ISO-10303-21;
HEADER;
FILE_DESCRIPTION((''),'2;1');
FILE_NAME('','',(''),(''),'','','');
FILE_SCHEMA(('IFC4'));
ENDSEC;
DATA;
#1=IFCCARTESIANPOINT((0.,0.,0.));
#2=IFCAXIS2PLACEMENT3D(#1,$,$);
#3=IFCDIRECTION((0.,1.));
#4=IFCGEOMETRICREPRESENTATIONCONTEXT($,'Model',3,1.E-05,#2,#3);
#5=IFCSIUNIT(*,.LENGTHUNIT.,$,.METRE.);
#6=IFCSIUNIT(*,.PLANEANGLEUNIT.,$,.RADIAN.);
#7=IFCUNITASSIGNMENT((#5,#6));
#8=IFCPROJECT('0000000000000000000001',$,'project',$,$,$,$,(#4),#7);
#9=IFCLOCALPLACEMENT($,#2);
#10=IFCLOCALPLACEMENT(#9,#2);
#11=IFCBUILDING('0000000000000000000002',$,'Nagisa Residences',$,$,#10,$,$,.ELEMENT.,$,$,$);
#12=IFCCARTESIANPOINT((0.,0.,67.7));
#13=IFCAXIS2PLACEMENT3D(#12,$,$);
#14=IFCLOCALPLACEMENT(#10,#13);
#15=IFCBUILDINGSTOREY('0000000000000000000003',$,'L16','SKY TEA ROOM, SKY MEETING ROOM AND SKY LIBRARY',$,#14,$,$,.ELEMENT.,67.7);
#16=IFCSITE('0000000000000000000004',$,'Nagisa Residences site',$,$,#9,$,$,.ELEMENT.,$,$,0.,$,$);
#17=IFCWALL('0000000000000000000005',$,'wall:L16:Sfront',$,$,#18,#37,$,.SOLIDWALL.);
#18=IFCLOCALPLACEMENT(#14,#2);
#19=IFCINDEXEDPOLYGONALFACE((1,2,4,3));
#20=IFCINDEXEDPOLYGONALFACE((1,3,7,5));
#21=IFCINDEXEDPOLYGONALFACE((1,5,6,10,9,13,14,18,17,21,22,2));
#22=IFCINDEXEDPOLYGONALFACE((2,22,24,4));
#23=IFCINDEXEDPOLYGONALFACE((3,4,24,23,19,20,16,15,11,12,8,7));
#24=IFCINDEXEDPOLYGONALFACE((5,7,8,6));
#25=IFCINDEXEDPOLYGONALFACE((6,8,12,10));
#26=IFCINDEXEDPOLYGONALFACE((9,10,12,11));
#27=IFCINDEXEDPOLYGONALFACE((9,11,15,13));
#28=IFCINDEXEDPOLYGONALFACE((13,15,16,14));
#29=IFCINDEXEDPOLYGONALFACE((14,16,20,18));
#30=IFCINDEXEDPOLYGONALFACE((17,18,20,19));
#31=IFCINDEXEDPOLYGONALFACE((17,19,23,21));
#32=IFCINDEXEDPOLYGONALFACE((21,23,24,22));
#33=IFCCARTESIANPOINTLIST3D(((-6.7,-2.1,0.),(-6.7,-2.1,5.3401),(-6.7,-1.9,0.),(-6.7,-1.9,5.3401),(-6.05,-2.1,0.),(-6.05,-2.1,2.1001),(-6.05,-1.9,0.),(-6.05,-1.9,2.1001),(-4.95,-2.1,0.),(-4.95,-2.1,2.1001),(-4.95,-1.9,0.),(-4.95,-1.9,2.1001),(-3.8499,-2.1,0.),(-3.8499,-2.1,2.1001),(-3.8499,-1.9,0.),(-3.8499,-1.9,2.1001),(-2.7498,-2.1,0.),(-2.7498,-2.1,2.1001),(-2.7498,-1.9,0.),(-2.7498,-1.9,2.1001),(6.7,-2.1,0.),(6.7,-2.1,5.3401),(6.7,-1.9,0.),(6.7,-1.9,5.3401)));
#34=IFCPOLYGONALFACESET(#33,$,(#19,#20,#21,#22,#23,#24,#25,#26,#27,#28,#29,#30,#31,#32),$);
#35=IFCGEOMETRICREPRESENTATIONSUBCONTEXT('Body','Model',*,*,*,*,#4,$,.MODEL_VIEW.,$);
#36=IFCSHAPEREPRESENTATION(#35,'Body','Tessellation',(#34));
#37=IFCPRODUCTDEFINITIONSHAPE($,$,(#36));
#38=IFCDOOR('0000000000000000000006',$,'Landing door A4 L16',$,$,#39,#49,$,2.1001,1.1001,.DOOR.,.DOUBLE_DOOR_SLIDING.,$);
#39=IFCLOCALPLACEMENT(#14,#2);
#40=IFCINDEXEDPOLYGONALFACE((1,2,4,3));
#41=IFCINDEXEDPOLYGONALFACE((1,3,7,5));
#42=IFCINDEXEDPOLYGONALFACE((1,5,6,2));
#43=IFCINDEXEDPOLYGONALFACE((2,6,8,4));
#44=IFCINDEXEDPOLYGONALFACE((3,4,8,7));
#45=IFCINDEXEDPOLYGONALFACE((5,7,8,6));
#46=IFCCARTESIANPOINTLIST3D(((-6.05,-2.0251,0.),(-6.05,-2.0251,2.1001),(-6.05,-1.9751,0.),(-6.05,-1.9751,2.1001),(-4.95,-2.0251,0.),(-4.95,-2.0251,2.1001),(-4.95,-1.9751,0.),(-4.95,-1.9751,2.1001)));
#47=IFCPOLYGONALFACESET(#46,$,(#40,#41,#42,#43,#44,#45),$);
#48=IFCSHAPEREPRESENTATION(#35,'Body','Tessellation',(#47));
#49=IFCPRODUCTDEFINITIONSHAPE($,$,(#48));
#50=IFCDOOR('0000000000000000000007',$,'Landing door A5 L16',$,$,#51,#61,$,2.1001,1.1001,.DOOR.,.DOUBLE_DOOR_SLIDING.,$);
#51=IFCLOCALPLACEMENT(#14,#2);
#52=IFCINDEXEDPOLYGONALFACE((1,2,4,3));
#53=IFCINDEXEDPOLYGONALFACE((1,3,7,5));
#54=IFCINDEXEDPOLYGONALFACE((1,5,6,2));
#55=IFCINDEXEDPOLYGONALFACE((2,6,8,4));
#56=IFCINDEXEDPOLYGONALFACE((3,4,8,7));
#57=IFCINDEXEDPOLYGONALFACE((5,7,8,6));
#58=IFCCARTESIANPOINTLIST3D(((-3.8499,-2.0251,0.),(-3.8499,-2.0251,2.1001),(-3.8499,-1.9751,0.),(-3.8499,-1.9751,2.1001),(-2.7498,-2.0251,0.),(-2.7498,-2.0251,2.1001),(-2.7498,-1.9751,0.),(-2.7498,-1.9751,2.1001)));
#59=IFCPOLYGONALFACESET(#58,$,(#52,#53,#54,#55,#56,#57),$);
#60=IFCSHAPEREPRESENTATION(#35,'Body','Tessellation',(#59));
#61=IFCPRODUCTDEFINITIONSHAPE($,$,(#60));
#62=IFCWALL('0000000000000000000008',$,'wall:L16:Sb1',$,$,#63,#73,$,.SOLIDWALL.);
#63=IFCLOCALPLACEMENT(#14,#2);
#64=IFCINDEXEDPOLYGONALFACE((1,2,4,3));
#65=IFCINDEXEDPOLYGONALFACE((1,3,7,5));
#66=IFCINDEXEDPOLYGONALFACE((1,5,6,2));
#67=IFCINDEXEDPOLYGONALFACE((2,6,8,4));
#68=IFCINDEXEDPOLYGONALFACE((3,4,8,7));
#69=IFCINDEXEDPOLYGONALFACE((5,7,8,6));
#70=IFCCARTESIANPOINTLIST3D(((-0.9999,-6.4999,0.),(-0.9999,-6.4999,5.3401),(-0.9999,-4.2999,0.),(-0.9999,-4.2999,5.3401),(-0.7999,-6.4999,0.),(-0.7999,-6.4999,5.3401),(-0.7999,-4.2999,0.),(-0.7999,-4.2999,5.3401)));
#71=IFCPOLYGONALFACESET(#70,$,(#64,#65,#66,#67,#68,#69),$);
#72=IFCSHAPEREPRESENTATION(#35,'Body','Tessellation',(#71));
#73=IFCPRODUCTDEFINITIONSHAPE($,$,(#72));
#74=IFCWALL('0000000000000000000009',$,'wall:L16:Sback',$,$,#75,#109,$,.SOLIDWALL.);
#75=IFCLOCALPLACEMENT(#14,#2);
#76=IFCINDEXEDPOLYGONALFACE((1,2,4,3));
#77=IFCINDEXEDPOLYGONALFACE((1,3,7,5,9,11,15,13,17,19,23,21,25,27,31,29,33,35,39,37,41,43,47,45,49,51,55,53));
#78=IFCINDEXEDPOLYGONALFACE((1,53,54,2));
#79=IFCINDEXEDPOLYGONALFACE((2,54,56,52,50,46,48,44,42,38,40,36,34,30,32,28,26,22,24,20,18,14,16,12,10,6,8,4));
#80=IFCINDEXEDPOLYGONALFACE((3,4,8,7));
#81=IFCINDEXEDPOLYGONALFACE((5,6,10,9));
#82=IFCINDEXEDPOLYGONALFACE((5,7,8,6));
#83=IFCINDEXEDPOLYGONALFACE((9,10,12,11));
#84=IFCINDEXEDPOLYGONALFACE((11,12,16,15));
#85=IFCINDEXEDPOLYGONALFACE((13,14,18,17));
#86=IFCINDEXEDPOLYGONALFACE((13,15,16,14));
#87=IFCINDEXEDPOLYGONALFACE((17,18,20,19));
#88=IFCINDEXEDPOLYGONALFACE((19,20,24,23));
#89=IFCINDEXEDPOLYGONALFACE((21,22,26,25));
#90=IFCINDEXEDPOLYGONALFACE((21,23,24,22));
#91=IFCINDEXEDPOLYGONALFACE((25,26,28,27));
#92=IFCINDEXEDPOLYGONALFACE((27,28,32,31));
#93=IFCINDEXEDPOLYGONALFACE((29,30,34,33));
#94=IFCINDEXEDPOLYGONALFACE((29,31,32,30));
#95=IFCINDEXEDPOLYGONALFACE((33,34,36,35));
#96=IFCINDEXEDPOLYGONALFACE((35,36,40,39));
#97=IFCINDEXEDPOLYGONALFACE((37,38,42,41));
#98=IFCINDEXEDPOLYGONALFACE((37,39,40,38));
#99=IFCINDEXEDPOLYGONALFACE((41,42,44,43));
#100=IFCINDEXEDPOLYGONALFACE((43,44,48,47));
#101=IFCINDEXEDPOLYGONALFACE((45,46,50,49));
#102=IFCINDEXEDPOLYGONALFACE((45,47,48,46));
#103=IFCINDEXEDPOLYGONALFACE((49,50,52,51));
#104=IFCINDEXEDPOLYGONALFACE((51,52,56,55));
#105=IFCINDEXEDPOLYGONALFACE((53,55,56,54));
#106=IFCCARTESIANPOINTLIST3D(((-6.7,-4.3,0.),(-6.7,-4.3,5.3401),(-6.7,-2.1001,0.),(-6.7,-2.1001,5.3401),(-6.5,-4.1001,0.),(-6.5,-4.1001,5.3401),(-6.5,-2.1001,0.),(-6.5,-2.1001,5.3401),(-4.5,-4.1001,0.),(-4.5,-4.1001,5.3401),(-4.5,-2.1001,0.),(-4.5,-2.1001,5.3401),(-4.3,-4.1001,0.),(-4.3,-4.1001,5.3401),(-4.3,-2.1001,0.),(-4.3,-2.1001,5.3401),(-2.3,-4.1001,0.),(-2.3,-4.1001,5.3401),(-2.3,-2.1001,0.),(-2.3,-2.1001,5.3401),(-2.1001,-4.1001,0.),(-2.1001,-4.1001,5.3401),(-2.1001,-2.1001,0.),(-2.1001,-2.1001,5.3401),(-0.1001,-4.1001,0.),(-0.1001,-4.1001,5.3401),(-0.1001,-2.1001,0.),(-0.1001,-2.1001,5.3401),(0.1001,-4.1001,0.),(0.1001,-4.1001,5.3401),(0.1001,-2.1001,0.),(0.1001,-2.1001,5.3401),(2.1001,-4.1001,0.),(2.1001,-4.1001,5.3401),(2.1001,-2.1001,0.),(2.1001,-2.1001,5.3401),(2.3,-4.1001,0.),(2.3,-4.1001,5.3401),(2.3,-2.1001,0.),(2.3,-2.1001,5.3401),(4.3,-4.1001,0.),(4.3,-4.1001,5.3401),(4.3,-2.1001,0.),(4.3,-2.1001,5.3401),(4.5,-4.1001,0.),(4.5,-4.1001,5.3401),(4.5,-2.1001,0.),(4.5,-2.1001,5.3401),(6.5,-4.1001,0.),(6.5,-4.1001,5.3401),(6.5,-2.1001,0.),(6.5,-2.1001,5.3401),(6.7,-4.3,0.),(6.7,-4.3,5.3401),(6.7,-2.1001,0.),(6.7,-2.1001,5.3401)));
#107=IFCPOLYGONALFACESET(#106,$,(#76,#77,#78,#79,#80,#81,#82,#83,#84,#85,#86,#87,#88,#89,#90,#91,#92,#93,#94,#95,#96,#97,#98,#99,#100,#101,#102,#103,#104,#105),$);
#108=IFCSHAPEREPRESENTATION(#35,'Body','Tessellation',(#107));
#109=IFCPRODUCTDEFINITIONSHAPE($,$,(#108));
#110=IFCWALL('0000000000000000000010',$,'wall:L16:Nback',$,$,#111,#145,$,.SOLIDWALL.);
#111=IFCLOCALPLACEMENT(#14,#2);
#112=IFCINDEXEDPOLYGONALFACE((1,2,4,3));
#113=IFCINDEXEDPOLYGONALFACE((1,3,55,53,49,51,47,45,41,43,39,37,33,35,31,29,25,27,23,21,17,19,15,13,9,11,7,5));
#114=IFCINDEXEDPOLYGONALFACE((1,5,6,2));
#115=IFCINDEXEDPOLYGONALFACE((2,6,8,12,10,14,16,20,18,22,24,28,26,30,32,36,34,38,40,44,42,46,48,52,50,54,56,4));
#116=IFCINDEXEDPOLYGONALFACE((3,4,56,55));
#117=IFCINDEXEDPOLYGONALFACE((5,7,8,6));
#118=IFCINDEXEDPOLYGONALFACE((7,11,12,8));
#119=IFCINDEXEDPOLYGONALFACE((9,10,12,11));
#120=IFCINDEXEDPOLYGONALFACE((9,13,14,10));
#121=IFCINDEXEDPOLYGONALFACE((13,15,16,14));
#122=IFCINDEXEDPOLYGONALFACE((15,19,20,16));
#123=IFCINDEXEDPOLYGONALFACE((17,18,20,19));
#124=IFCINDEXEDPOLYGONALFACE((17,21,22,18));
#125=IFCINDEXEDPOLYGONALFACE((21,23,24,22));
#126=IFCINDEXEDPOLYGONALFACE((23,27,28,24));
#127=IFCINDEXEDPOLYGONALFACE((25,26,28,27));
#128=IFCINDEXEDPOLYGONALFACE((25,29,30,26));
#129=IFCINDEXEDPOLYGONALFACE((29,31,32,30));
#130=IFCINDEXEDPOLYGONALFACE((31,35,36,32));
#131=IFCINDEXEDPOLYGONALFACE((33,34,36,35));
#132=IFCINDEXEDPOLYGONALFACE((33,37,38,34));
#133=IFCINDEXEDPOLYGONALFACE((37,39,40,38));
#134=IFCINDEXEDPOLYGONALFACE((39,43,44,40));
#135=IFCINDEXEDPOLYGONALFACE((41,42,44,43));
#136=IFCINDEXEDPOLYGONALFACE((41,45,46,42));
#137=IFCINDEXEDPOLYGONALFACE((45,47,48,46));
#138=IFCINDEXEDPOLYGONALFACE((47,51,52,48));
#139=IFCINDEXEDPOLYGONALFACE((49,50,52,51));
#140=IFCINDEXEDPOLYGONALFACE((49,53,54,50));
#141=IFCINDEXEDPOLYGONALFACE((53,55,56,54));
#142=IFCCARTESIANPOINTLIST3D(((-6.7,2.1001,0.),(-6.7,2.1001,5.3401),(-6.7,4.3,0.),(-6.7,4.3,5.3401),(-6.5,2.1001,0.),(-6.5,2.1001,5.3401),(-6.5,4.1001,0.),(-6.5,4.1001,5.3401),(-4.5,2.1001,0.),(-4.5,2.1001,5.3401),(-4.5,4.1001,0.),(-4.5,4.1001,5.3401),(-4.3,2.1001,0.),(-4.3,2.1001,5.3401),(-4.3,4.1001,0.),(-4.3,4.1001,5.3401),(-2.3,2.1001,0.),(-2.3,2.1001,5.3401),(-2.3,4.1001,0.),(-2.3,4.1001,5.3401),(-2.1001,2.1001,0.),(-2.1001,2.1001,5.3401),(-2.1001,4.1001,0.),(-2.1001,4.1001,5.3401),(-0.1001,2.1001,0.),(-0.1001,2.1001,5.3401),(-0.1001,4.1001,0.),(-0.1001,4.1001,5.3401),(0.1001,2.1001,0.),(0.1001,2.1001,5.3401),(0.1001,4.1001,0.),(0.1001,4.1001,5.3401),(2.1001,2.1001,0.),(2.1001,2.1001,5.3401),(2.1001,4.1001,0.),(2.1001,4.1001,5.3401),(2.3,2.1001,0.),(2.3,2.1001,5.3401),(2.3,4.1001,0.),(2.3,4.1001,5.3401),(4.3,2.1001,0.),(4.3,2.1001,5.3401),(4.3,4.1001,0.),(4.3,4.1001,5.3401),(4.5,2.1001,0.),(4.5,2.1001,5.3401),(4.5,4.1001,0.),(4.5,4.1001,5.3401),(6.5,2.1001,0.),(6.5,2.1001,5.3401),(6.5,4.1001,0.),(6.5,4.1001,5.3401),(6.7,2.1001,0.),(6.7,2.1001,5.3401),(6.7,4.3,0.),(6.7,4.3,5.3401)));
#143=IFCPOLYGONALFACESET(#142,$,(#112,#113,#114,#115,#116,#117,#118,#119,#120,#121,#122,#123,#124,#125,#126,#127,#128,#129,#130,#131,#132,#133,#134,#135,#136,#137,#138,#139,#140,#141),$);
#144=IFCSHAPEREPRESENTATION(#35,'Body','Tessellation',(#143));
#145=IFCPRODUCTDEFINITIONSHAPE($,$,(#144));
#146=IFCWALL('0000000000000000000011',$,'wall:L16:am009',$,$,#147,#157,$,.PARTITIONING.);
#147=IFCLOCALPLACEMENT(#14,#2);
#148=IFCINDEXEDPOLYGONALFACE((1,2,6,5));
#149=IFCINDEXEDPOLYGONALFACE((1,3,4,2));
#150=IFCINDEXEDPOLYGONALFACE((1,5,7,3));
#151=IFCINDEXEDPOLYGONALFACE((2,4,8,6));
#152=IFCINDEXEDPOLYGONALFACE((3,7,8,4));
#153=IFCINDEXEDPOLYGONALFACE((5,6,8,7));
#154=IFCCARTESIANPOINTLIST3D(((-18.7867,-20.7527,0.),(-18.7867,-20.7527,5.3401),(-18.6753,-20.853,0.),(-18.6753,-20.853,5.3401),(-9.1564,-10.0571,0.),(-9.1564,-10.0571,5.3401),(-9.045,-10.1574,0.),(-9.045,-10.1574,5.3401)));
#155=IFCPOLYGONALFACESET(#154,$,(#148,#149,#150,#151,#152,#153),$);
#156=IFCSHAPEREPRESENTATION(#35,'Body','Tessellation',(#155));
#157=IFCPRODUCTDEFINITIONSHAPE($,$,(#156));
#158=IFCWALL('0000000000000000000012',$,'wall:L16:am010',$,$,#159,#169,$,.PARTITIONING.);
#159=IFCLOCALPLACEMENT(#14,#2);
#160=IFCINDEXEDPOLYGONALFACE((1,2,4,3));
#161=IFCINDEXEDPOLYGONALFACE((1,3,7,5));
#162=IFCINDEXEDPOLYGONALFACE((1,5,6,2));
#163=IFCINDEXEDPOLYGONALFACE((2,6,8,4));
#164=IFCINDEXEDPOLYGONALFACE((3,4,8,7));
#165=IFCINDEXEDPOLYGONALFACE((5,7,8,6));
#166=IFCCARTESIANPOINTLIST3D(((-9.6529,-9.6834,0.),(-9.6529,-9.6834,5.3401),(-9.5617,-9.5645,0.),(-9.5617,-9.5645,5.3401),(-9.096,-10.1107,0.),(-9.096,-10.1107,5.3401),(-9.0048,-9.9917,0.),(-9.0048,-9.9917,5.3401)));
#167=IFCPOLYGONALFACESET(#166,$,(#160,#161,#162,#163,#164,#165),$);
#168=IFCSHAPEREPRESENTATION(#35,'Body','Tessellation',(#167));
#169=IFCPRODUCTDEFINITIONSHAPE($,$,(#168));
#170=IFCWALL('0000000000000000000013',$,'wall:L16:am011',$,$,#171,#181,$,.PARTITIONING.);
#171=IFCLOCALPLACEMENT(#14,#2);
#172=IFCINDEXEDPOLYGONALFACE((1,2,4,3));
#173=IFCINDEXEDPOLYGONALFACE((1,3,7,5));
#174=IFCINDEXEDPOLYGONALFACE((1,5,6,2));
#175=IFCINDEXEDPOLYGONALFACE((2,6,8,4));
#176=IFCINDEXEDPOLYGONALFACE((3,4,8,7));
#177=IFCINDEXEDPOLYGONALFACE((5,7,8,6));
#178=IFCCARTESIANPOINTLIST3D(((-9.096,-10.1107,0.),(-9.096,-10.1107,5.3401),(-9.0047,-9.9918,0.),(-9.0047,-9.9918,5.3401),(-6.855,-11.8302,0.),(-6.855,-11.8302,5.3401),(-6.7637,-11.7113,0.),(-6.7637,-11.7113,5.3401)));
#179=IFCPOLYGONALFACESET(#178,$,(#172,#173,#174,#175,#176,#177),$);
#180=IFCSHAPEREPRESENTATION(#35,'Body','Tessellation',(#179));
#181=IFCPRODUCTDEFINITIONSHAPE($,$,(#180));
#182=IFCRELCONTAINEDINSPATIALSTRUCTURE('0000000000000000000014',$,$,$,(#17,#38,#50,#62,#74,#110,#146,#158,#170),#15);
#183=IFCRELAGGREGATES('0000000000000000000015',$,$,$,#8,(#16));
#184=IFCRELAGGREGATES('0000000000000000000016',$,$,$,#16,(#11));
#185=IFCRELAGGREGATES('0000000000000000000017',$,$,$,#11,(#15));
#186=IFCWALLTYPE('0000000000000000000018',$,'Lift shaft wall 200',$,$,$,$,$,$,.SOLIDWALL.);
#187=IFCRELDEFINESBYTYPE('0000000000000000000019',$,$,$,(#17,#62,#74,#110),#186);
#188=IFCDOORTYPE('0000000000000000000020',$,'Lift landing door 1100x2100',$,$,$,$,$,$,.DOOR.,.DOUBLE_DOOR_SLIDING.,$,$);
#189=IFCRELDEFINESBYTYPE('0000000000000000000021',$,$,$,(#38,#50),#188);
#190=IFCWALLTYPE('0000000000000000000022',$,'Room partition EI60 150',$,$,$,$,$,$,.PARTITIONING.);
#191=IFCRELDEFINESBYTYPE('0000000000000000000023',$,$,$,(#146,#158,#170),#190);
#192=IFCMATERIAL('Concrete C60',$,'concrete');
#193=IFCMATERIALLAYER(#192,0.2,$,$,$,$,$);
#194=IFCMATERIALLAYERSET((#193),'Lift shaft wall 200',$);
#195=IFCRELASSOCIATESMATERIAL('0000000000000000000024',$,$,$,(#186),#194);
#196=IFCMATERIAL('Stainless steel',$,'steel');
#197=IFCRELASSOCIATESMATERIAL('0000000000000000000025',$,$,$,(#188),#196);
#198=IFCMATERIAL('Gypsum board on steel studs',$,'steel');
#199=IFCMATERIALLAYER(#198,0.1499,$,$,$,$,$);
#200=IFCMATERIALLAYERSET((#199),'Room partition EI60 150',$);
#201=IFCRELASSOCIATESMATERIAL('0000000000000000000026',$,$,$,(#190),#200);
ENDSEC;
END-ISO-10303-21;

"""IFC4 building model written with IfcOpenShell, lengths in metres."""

from ifc_helpers import new_model, si_unit, direction, frame, frame_2d, origin, place, context, subcontext, project, spatial, polyline, rectangle, outline, extrude, material, layer, layer_set, type_object, element, fill, save


model = new_model("IFC4")

# Units and contexts
model_context = context("Model", 3, precision=1e-05, world=origin(), true_north=direction((0.0, 1.0)))
body_context = subcontext(model_context, "Body", "Model", "MODEL_VIEW")
ifc_project = project(units=[si_unit("LENGTHUNIT", "METRE"), si_unit("PLANEANGLEUNIT", "RADIAN")], contexts=[model_context])

# Site, building, storey
site_placement = place(None, origin())
site = spatial("IfcSite", under=ifc_project, at=site_placement, Name="Nagisa Residences site", CompositionType="ELEMENT", RefElevation=0.0)
building_placement = place(site_placement, origin())
building = spatial("IfcBuilding", under=site, at=building_placement, Name="Nagisa Residences", CompositionType="ELEMENT")
storey_placement = place(building_placement, frame((0.0, 0.0, 67.7)))
storey = spatial("IfcBuildingStorey", under=building, at=storey_placement, Name="L16", Description="SKY TEA ROOM, SKY MEETING ROOM AND SKY LIBRARY", CompositionType="ELEMENT", Elevation=67.7)

# Shared definitions
ifc_material_1 = material(Name="Concrete C60", Category="concrete")
ifc_layer_1 = layer(ifc_material_1, 0.2)
ifc_layer_set_1 = layer_set([ifc_layer_1], Name="Lift shaft wall 200")
wall_type_1 = type_object("IfcWallType", Name="Lift shaft wall 200", PredefinedType="SOLIDWALL", material=ifc_layer_set_1)

# Wall, openings, doors
wall_1_placement = place(storey_placement, frame((-6.7, -2.0, 0.0), z_axis=(0.0, 0.0, 1.0), x_axis=(1.0, 0.0, 0.0)))
wall_1 = element("IfcWall", 1, at=wall_1_placement, inside=storey, type_object=wall_type_1, Name="wall:L16:Sfront", PredefinedType="SOLIDWALL", context=body_context, shape_type="SweptSolid", body=[
    extrude(rectangle(XDim=13.3999, YDim=0.2, at=frame_2d((6.7, 0.0))), origin(), (0.0, 0.0, 1.0), 5.3401),
])
opening_1_placement = place(wall_1_placement, frame((0.6499, 0.0, 0.0)))
opening_1 = element("IfcOpeningElement", 2, at=opening_1_placement, cuts=wall_1, PredefinedType="OPENING", context=body_context, shape_type="SweptSolid", body=[
    extrude(rectangle(XDim=1.1001, YDim=2.1001, at=frame_2d((0.55, 1.05))), frame((0.0, 0.1099, 0.0), z_axis=(0.0, -1.0, 0.0), x_axis=(1.0, 0.0, 0.0)), (0.0, 0.0, 1.0), 0.22),
])
opening_2_placement = place(wall_1_placement, frame((2.8501, 0.0, 0.0)))
opening_2 = element("IfcOpeningElement", 3, at=opening_2_placement, cuts=wall_1, PredefinedType="OPENING", context=body_context, shape_type="SweptSolid", body=[
    extrude(rectangle(XDim=1.1001, YDim=2.1001, at=frame_2d((0.55, 1.05))), frame((0.0, 0.1099, 0.0), z_axis=(0.0, -1.0, 0.0), x_axis=(1.0, 0.0, 0.0)), (0.0, 0.0, 1.0), 0.22),
])
ifc_material_2 = material(Name="Stainless steel", Category="steel")
door_type_1 = type_object("IfcDoorType", Name="Lift landing door 1100x2100", OperationType="DOUBLE_DOOR_SLIDING", PredefinedType="DOOR", material=ifc_material_2)
door_1_placement = place(opening_1_placement, origin())
door_1 = element("IfcDoor", 4, at=door_1_placement, inside=storey, type_object=door_type_1, Name="Landing door A4 L16", OperationType="DOUBLE_DOOR_SLIDING", OverallHeight=2.1001, OverallWidth=1.1001, PredefinedType="DOOR", context=body_context, shape_type="SweptSolid", body=[
    extrude(rectangle(XDim=1.1001, YDim=2.1001, at=frame_2d((0.55, 1.05))), frame((0.0, 0.0249, 0.0), z_axis=(0.0, -1.0, 0.0), x_axis=(1.0, 0.0, 0.0)), (0.0, 0.0, 1.0), 0.05),
])
fill(opening_1, door_1)
door_2_placement = place(opening_2_placement, origin())
door_2 = element("IfcDoor", 5, at=door_2_placement, inside=storey, type_object=door_type_1, Name="Landing door A5 L16", OperationType="DOUBLE_DOOR_SLIDING", OverallHeight=2.1001, OverallWidth=1.1001, PredefinedType="DOOR", context=body_context, shape_type="SweptSolid", body=[
    extrude(rectangle(XDim=1.1001, YDim=2.1001, at=frame_2d((0.55, 1.05))), frame((0.0, 0.0249, 0.0), z_axis=(0.0, -1.0, 0.0), x_axis=(1.0, 0.0, 0.0)), (0.0, 0.0, 1.0), 0.05),
])
fill(opening_2, door_2)

# Walls
wall_2_placement = place(storey_placement, frame((-0.8999, -6.5, 0.0), z_axis=(0.0, 0.0, 1.0), x_axis=(0.0, 1.0, 0.0)))
element("IfcWall", 6, at=wall_2_placement, inside=storey, type_object=wall_type_1, Name="wall:L16:Sb1", PredefinedType="SOLIDWALL", context=body_context, shape_type="SweptSolid", body=[
    extrude(rectangle(XDim=2.2, YDim=0.2, at=frame_2d((1.1001, 0.0))), origin(), (0.0, 0.0, 1.0), 5.3401),
])
wall_3_placement = place(storey_placement, origin())
element("IfcWall", 7, at=wall_3_placement, inside=storey, type_object=wall_type_1, Name="wall:L16:Sback", PredefinedType="SOLIDWALL", context=body_context, shape_type="SweptSolid", body=[
    extrude(outline(polyline([(-6.7, -2.1001), (-6.5, -2.1001), (-6.5, -4.1001), (-4.5, -4.1001), (-4.5, -2.1001), (-4.3, -2.1001), (-4.3, -4.1001), (-2.3, -4.1001), (-2.3, -2.1001), (-2.1001, -2.1001), (-2.1001, -4.1001), (-0.1001, -4.1001), (-0.1001, -2.1001), (0.1001, -2.1001), (0.1001, -4.1001), (2.1001, -4.1001), (2.1001, -2.1001), (2.3, -2.1001), (2.3, -4.1001), (4.3, -4.1001), (4.3, -2.1001), (4.5, -2.1001), (4.5, -4.1001), (6.5, -4.1001), (6.5, -2.1001), (6.7, -2.1001), (6.7, -4.3), (-6.7, -4.3), (-6.7, -2.1001)])), origin(), (0.0, 0.0, 1.0), 5.3401),
])
wall_4_placement = place(storey_placement, origin())
element("IfcWall", 8, at=wall_4_placement, inside=storey, type_object=wall_type_1, Name="wall:L16:Nback", PredefinedType="SOLIDWALL", context=body_context, shape_type="SweptSolid", body=[
    extrude(outline(polyline([(-6.5, 2.1001), (-6.7, 2.1001), (-6.7, 4.3), (6.7, 4.3), (6.7, 2.1001), (6.5, 2.1001), (6.5, 4.1001), (4.5, 4.1001), (4.5, 2.1001), (4.3, 2.1001), (4.3, 4.1001), (2.3, 4.1001), (2.3, 2.1001), (2.1001, 2.1001), (2.1001, 4.1001), (0.1001, 4.1001), (0.1001, 2.1001), (-0.1001, 2.1001), (-0.1001, 4.1001), (-2.1001, 4.1001), (-2.1001, 2.1001), (-2.3, 2.1001), (-2.3, 4.1001), (-4.3, 4.1001), (-4.3, 2.1001), (-4.5, 2.1001), (-4.5, 4.1001), (-6.5, 4.1001), (-6.5, 2.1001)])), origin(), (0.0, 0.0, 1.0), 5.3401),
])
ifc_material_3 = material(Name="Gypsum board on steel studs", Category="steel")
ifc_layer_2 = layer(ifc_material_3, 0.1499)
ifc_layer_set_2 = layer_set([ifc_layer_2], Name="Room partition EI60 150")
wall_type_2 = type_object("IfcWallType", Name="Room partition EI60 150", PredefinedType="PARTITIONING", material=ifc_layer_set_2)
wall_5_placement = place(storey_placement, frame((-9.1006, -10.1072, 0.0), z_axis=(0.0, 0.0, 1.0), x_axis=(-0.669132, -0.743143, 0.0)))
element("IfcWall", 9, at=wall_5_placement, inside=storey, type_object=wall_type_2, Name="wall:L16:am009", PredefinedType="PARTITIONING", context=body_context, shape_type="SweptSolid", body=[
    extrude(rectangle(XDim=14.3923, YDim=0.1499, at=frame_2d((7.1963, 0.0))), origin(), (0.0, 0.0, 1.0), 5.3401),
])
wall_6_placement = place(storey_placement, frame((-9.0503, -10.0513, 0.0), z_axis=(0.0, 0.0, 1.0), x_axis=(-0.793399, 0.608702, 0.0)))
element("IfcWall", 10, at=wall_6_placement, inside=storey, type_object=wall_type_2, Name="wall:L16:am010", PredefinedType="PARTITIONING", context=body_context, shape_type="SweptSolid", body=[
    extrude(rectangle(XDim=0.7019, YDim=0.1499, at=frame_2d((0.3511, 0.0))), origin(), (0.0, 0.0, 1.0), 5.3401),
])
wall_7_placement = place(storey_placement, frame((-6.8093, -11.7708, 0.0), z_axis=(0.0, 0.0, 1.0), x_axis=(-0.793366, 0.608745, 0.0)))
element("IfcWall", 11, at=wall_7_placement, inside=storey, type_object=wall_type_2, Name="wall:L16:am011", PredefinedType="PARTITIONING", context=body_context, shape_type="SweptSolid", body=[
    extrude(rectangle(XDim=2.8247, YDim=0.1499, at=frame_2d((1.4124, 0.0))), origin(), (0.0, 0.0, 1.0), 5.3401),
])

save(model, "model.ifc")
